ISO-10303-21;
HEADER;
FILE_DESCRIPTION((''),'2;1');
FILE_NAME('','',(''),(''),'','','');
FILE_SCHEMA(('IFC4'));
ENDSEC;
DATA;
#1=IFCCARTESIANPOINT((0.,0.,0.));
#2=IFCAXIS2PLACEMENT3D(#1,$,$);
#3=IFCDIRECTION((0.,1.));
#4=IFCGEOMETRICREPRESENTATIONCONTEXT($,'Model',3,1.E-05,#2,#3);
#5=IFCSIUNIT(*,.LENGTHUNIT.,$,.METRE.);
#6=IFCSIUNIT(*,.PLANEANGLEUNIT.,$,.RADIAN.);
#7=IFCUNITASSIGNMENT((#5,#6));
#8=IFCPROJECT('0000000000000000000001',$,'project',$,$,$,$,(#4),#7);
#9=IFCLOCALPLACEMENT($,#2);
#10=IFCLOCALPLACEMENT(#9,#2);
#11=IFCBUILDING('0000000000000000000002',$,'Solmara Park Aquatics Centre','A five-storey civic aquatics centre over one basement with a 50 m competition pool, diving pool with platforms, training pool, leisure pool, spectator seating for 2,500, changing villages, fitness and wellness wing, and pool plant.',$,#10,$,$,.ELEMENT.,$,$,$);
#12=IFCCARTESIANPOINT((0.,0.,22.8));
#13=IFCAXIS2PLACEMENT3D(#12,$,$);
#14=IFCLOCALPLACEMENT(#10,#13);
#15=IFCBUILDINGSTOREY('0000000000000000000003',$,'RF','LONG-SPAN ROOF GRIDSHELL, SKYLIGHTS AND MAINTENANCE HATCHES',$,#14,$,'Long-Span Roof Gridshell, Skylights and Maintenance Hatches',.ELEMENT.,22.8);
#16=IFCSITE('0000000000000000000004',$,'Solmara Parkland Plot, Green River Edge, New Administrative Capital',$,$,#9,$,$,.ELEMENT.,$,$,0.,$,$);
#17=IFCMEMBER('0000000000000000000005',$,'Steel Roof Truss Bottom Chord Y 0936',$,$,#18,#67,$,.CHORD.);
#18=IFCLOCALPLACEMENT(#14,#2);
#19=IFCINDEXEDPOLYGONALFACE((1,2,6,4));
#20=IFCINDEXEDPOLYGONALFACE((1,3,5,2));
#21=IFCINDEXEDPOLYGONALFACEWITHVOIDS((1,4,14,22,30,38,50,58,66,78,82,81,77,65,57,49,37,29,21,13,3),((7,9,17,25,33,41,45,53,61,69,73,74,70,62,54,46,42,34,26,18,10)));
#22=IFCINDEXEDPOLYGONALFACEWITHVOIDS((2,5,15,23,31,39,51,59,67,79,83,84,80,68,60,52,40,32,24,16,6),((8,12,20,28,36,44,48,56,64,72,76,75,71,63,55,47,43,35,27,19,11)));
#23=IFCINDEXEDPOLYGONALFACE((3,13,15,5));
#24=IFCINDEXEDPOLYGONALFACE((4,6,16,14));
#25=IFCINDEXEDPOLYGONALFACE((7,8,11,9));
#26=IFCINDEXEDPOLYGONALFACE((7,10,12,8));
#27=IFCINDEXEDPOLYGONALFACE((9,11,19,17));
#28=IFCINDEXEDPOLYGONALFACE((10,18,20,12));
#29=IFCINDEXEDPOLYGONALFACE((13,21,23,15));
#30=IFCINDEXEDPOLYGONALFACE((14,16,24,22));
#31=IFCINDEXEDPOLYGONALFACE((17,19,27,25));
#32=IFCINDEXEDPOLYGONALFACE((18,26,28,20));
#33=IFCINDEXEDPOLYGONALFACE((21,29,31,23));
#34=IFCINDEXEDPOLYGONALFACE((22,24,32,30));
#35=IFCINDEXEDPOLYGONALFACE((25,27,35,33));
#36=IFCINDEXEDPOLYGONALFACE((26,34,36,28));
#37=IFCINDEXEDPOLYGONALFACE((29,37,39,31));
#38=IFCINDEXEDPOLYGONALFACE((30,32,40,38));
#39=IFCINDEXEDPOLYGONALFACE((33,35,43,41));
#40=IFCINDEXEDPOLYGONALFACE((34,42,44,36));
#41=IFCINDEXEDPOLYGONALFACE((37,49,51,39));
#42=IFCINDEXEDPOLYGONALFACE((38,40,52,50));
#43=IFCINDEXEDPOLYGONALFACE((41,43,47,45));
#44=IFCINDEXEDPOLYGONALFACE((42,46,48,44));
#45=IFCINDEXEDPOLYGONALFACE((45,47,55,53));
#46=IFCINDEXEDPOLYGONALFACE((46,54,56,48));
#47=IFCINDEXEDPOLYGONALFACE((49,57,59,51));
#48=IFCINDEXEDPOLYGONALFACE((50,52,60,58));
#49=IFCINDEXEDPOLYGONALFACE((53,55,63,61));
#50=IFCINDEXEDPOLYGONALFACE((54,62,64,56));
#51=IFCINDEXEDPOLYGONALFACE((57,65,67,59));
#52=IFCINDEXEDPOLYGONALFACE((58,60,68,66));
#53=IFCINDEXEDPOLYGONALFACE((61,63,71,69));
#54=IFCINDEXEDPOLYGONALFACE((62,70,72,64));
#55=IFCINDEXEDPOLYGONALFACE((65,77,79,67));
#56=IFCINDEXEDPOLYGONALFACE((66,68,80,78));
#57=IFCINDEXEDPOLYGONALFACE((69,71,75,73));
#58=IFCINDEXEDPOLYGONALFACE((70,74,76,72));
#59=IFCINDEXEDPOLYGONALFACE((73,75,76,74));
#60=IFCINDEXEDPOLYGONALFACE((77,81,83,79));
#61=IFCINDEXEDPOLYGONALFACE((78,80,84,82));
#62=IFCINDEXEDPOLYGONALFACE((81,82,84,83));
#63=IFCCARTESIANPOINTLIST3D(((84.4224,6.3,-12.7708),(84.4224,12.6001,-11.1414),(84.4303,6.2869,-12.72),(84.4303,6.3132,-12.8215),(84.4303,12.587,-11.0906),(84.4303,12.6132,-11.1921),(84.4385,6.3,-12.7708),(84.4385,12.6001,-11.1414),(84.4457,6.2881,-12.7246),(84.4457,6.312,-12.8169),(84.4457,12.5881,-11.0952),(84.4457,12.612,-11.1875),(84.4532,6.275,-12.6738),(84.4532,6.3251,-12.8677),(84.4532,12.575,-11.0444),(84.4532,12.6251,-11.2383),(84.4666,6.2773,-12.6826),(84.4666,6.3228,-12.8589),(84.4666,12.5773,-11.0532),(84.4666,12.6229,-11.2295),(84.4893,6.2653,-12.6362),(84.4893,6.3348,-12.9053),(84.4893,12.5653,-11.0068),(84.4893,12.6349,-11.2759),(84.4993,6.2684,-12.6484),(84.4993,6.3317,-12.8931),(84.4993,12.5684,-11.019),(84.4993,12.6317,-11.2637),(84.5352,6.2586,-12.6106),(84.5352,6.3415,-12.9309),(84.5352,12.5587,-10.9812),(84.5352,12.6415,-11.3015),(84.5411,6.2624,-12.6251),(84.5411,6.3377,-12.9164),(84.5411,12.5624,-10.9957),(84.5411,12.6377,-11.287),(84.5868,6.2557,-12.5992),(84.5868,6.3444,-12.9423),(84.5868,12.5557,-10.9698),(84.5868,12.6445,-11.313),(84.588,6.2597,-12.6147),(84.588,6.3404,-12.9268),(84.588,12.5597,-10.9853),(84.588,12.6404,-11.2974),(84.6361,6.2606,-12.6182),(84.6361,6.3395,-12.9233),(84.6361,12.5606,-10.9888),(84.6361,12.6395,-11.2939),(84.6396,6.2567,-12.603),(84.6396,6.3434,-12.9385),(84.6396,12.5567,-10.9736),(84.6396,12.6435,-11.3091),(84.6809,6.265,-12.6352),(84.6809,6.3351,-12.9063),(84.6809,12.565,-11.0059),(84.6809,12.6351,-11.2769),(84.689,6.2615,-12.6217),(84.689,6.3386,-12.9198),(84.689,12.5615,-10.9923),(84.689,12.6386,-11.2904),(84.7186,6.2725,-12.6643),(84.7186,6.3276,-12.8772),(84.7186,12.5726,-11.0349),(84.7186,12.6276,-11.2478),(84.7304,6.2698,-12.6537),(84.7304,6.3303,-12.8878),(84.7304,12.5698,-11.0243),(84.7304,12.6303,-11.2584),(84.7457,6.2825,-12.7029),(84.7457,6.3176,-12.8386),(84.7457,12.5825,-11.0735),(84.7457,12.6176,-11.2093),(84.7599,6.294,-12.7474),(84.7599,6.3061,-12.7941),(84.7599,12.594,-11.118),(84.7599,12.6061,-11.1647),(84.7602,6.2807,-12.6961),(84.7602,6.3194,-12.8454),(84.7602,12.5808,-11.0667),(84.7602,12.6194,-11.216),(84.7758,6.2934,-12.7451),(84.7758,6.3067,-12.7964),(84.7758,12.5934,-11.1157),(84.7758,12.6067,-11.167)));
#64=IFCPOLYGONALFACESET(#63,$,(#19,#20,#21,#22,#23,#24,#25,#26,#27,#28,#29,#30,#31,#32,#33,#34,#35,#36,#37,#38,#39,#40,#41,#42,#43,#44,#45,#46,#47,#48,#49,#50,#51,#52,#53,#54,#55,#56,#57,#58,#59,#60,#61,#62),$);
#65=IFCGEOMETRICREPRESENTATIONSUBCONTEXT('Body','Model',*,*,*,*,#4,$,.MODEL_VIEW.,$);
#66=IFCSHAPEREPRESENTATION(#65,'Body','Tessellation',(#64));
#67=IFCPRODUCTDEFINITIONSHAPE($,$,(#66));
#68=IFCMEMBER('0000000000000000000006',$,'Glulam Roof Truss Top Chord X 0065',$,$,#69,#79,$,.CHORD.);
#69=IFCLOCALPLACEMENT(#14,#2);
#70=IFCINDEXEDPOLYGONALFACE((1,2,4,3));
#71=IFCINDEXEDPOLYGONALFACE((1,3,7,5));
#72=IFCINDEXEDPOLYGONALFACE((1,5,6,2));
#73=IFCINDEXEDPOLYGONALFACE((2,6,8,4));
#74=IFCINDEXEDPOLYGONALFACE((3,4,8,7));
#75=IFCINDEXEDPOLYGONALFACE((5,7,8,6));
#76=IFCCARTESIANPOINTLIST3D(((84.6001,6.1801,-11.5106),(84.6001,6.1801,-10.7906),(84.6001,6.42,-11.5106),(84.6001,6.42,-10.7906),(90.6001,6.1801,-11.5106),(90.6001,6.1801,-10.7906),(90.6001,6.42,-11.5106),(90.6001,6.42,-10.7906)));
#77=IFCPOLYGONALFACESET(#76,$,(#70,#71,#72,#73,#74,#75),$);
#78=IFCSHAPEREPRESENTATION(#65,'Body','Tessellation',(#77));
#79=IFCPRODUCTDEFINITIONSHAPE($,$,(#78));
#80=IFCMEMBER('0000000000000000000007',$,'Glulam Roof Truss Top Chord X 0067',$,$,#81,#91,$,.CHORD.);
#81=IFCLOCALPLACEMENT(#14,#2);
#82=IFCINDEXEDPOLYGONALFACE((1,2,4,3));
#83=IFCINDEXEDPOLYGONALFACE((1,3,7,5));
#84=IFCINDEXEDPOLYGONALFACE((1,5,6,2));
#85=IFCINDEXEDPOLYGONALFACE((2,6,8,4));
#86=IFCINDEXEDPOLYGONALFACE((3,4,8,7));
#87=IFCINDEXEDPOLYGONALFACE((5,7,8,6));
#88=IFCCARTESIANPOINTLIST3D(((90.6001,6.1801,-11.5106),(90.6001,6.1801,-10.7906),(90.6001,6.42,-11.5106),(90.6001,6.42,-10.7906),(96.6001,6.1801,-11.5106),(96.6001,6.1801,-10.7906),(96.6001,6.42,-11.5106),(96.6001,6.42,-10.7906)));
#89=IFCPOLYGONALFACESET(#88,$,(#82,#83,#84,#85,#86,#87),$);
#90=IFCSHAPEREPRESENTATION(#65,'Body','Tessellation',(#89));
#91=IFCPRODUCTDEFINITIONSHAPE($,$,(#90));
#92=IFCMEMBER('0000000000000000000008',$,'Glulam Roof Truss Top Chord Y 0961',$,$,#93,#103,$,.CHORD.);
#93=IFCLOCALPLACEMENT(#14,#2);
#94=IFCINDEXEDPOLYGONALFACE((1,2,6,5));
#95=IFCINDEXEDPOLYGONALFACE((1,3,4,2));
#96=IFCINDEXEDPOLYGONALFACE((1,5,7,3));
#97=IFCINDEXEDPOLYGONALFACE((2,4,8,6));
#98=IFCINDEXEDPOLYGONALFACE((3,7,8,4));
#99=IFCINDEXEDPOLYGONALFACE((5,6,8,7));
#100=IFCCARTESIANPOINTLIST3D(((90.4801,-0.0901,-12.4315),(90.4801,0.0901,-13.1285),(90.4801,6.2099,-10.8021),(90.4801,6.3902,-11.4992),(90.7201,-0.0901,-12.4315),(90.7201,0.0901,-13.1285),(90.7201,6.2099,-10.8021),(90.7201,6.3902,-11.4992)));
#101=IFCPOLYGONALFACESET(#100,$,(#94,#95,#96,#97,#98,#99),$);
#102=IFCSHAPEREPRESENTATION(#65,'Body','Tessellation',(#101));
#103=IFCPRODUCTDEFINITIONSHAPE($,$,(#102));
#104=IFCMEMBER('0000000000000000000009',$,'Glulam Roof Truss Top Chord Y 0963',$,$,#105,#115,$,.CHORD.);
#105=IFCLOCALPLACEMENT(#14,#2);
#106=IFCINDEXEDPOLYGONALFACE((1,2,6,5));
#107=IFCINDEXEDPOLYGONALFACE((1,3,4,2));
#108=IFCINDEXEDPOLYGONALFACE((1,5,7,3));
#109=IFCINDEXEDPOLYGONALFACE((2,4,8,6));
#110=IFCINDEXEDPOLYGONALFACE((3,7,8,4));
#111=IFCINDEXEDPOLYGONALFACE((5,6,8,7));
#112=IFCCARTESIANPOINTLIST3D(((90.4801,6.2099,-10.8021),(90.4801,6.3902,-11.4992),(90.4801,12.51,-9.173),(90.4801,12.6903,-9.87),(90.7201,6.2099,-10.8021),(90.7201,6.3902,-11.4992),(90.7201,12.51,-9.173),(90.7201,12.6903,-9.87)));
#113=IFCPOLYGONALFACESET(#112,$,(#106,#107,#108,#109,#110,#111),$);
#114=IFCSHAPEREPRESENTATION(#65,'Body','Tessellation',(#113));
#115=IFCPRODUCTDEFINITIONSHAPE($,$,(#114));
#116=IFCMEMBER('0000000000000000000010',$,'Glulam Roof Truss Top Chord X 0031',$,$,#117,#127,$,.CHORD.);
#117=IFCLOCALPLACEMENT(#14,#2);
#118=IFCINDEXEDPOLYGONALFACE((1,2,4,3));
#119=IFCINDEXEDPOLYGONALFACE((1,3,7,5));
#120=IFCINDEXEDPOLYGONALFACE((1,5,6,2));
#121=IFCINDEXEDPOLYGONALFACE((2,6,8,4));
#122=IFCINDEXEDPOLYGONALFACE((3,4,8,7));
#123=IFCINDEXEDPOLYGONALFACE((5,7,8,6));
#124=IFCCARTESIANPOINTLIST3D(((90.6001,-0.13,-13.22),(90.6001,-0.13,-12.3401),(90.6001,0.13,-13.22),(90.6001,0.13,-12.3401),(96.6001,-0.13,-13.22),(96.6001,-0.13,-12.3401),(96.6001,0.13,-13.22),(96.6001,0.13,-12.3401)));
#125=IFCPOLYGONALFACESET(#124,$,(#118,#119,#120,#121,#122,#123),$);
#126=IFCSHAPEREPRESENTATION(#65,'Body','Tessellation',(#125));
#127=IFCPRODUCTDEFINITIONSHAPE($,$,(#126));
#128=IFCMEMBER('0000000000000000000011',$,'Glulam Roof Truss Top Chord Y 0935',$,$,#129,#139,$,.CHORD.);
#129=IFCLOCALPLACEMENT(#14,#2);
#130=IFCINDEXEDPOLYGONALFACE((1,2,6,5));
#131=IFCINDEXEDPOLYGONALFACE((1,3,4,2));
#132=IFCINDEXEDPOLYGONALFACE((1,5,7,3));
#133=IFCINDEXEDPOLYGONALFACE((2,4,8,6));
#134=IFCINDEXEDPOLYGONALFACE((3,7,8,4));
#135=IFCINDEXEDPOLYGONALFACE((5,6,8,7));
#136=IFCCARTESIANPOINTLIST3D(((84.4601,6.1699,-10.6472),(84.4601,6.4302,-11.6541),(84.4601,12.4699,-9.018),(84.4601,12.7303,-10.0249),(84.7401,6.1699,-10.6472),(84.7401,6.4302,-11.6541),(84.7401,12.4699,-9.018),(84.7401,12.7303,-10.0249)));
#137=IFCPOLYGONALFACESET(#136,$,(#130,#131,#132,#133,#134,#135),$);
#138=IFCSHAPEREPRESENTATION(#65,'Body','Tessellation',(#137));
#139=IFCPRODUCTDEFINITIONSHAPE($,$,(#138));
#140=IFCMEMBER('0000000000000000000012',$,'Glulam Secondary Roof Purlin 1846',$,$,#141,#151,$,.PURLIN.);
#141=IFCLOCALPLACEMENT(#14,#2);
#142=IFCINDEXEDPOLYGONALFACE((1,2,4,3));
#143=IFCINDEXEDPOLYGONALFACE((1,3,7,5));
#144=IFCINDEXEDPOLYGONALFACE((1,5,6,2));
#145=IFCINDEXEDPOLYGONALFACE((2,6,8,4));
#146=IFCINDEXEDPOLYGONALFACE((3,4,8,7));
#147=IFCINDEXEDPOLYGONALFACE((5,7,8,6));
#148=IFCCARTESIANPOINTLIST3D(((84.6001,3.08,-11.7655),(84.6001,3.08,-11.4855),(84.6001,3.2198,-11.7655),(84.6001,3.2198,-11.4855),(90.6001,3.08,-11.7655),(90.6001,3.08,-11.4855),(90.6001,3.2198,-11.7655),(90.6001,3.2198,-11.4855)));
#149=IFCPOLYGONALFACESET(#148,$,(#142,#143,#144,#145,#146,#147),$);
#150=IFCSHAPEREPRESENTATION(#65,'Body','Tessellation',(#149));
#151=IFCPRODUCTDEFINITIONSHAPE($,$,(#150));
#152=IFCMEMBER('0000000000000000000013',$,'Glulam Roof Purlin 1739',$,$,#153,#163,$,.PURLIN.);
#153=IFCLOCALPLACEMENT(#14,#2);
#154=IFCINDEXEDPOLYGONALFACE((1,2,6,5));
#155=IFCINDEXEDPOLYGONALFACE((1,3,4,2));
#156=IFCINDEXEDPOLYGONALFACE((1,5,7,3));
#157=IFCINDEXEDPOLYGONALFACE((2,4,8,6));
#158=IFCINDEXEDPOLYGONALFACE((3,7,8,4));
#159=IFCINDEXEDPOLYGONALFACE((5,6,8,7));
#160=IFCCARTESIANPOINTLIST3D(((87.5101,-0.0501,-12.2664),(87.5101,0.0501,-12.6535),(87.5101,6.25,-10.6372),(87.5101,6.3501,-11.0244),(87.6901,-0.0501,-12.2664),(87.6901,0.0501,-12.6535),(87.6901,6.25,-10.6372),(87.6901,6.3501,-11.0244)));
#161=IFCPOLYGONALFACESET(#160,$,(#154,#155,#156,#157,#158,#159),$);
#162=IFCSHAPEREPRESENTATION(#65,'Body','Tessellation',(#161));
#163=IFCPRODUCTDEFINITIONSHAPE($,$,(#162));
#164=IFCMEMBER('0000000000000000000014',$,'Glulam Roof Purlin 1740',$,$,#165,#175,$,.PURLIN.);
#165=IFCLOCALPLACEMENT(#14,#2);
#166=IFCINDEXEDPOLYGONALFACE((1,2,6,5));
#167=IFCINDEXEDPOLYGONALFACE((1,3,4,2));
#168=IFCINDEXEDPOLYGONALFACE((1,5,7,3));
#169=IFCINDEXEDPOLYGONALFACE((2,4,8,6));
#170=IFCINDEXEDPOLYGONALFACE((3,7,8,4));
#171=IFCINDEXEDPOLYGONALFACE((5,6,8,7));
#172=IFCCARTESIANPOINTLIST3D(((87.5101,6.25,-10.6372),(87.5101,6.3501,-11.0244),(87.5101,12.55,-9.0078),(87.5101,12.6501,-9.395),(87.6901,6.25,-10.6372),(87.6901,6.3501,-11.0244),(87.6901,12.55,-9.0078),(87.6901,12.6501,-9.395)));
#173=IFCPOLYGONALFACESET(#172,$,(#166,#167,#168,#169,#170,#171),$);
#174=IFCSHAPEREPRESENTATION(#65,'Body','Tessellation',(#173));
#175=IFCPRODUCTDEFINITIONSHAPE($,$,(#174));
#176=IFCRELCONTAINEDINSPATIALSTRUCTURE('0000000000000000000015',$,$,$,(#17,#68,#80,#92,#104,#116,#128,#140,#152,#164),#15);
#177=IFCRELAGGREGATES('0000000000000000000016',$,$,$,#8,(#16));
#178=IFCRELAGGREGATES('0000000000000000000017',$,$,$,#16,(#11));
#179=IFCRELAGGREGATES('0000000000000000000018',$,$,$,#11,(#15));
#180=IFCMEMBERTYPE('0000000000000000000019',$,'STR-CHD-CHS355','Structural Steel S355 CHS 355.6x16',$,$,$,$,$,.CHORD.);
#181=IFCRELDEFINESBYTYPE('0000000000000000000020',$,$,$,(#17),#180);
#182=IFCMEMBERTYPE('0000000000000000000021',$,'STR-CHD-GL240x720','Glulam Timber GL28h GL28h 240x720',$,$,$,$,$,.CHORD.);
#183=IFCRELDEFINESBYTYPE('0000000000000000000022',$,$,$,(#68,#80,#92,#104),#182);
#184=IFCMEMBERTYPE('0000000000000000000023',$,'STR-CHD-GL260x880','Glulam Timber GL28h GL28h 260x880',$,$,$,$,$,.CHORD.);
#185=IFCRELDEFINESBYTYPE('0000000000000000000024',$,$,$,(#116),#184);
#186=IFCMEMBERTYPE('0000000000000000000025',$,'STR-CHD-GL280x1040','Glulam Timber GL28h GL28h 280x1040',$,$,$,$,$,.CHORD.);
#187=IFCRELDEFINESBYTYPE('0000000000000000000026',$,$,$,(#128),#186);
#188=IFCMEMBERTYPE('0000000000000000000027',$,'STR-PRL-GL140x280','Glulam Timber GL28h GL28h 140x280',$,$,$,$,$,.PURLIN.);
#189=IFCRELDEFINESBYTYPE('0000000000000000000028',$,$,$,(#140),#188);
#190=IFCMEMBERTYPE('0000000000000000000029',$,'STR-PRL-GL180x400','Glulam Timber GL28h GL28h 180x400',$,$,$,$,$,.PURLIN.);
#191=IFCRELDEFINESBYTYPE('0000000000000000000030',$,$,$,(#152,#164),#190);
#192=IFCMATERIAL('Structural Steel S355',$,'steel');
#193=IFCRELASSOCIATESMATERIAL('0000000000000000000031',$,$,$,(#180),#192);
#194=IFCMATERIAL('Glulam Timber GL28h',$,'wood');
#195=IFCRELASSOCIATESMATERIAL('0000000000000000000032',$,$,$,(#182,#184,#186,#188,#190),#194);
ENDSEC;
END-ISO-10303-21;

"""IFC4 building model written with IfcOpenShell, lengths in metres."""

from ifc_helpers import new_model, si_unit, direction, frame, origin, origin_2d, place, context, subcontext, project, spatial, rectangle, hollow_circle, extrude, material, material_profile, profile_set, type_object, element, save


model = new_model("IFC4")

# Units and contexts
model_context = context("Model", 3, precision=1e-05, world=origin(), true_north=direction((0.0, 1.0)))
body_context = subcontext(model_context, "Body", "Model", "MODEL_VIEW")
ifc_project = project(units=[si_unit("LENGTHUNIT", "METRE"), si_unit("PLANEANGLEUNIT", "RADIAN")], contexts=[model_context])

# Site, building, storey
site_placement = place(None, origin())
site = spatial("IfcSite", under=ifc_project, at=site_placement, Name="Solmara Parkland Plot, Green River Edge, New Administrative Capital", CompositionType="ELEMENT", RefElevation=0.0)
building_placement = place(site_placement, origin())
building = spatial("IfcBuilding", under=site, at=building_placement, Name="Solmara Park Aquatics Centre", Description="A five-storey civic aquatics centre over one basement with a 50 m competition pool, diving pool with platforms, training pool, leisure pool, spectator seating for 2,500, changing villages, fitness and wellness wing, and pool plant.", CompositionType="ELEMENT")
storey_placement = place(building_placement, frame((0.0, 0.0, 22.8)))
storey = spatial("IfcBuildingStorey", under=building, at=storey_placement, Name="RF", Description="LONG-SPAN ROOF GRIDSHELL, SKYLIGHTS AND MAINTENANCE HATCHES", LongName="Long-Span Roof Gridshell, Skylights and Maintenance Hatches", CompositionType="ELEMENT", Elevation=22.8)

# Members
ifc_material_1 = material(Name="Structural Steel S355", Category="steel")
ifc_material_profile_1 = material_profile(ifc_material_1, hollow_circle(Radius=0.1777, WallThickness=0.0161, at=origin_2d()), Name="CHS 355.6x16")
ifc_profile_set_1 = profile_set([ifc_material_profile_1], Name="Structural Steel S355")
member_type_1 = type_object("IfcMemberType", Name="STR-CHD-CHS355", Description="Structural Steel S355 CHS 355.6x16", PredefinedType="CHORD", material=ifc_profile_set_1)
member_1_placement = place(storey_placement, frame((84.6001, 6.3, -12.7708), z_axis=(0.0, 0.968144, 0.250393), x_axis=(-1.0, 0.0, 0.0)))
element("IfcMember", 1, at=member_1_placement, inside=storey, type_object=member_type_1, Name="Steel Roof Truss Bottom Chord Y 0936", PredefinedType="CHORD", context=body_context, shape_type="SweptSolid", body=[
    extrude(hollow_circle(Radius=0.1777, WallThickness=0.0161, at=origin_2d()), origin(), (0.0, 0.0, 1.0), 6.5073),
])
ifc_material_2 = material(Name="Glulam Timber GL28h", Category="wood")
ifc_material_profile_2 = material_profile(ifc_material_2, rectangle(XDim=0.24, YDim=0.72, at=origin_2d()), Name="GL28h 240x720")
ifc_profile_set_2 = profile_set([ifc_material_profile_2], Name="Glulam Timber GL28h")
member_type_2 = type_object("IfcMemberType", Name="STR-CHD-GL240x720", Description="Glulam Timber GL28h GL28h 240x720", PredefinedType="CHORD", material=ifc_profile_set_2)
for number, where, z_axis, x_axis, name in (
    (2, (84.6001, 6.3, -11.1506), (1.0, 0.0, 0.0), (0.0, 1.0, 0.0), "Glulam Roof Truss Top Chord X 0065"),
    (3, (90.6001, 6.3, -11.1506), (1.0, 0.0, 0.0), (0.0, 1.0, 0.0), "Glulam Roof Truss Top Chord X 0067"),
):
    element("IfcMember", number, at=place(storey_placement, frame(where, z_axis=z_axis, x_axis=x_axis)), inside=storey, type_object=member_type_2, Name=name, PredefinedType="CHORD", context=body_context, shape_type="SweptSolid", body=[
        extrude(rectangle(XDim=0.24, YDim=0.72, at=origin_2d()), origin(), (0.0, 0.0, 1.0), 6.0),
    ])
for number, where, z_axis, x_axis, name in (
    (4, (90.6001, 0.0, -12.78), (0.0, 0.968144, 0.250393), (-1.0, 0.0, 0.0), "Glulam Roof Truss Top Chord Y 0961"),
    (5, (90.6001, 6.3, -11.1506), (0.0, 0.968153, 0.250358), (-1.0, 0.0, 0.0), "Glulam Roof Truss Top Chord Y 0963"),
):
    element("IfcMember", number, at=place(storey_placement, frame(where, z_axis=z_axis, x_axis=x_axis)), inside=storey, type_object=member_type_2, Name=name, PredefinedType="CHORD", context=body_context, shape_type="SweptSolid", body=[
        extrude(rectangle(XDim=0.24, YDim=0.72, at=origin_2d()), origin(), (0.0, 0.0, 1.0), 6.5073),
    ])
ifc_material_profile_3 = material_profile(ifc_material_2, rectangle(XDim=0.26, YDim=0.8799, at=origin_2d()), Name="GL28h 260x880")
ifc_profile_set_3 = profile_set([ifc_material_profile_3], Name="Glulam Timber GL28h")
member_type_3 = type_object("IfcMemberType", Name="STR-CHD-GL260x880", Description="Glulam Timber GL28h GL28h 260x880", PredefinedType="CHORD", material=ifc_profile_set_3)
member_2_placement = place(storey_placement, frame((90.6001, 0.0, -12.78), z_axis=(1.0, 0.0, 0.0), x_axis=(0.0, 1.0, 0.0)))
element("IfcMember", 6, at=member_2_placement, inside=storey, type_object=member_type_3, Name="Glulam Roof Truss Top Chord X 0031", PredefinedType="CHORD", context=body_context, shape_type="SweptSolid", body=[
    extrude(rectangle(XDim=0.26, YDim=0.8799, at=origin_2d()), origin(), (0.0, 0.0, 1.0), 6.0),
])
ifc_material_profile_4 = material_profile(ifc_material_2, rectangle(XDim=0.28, YDim=1.04, at=origin_2d()), Name="GL28h 280x1040")
ifc_profile_set_4 = profile_set([ifc_material_profile_4], Name="Glulam Timber GL28h")
member_type_4 = type_object("IfcMemberType", Name="STR-CHD-GL280x1040", Description="Glulam Timber GL28h GL28h 280x1040", PredefinedType="CHORD", material=ifc_profile_set_4)
member_3_placement = place(storey_placement, frame((84.6001, 6.3, -11.1506), z_axis=(0.0, 0.968153, 0.250358), x_axis=(-1.0, 0.0, 0.0)))
element("IfcMember", 7, at=member_3_placement, inside=storey, type_object=member_type_4, Name="Glulam Roof Truss Top Chord Y 0935", PredefinedType="CHORD", context=body_context, shape_type="SweptSolid", body=[
    extrude(rectangle(XDim=0.28, YDim=1.04, at=origin_2d()), origin(), (0.0, 0.0, 1.0), 6.5073),
])
ifc_material_profile_5 = material_profile(ifc_material_2, rectangle(XDim=0.1399, YDim=0.28, at=origin_2d()), Name="GL28h 140x280")
ifc_profile_set_5 = profile_set([ifc_material_profile_5], Name="Glulam Timber GL28h")
member_type_5 = type_object("IfcMemberType", Name="STR-PRL-GL140x280", Description="Glulam Timber GL28h GL28h 140x280", PredefinedType="PURLIN", material=ifc_profile_set_5)
member_4_placement = place(storey_placement, frame((84.6001, 3.1499, -11.6255), z_axis=(1.0, 0.0, 0.0), x_axis=(0.0, 1.0, 0.0)))
element("IfcMember", 8, at=member_4_placement, inside=storey, type_object=member_type_5, Name="Glulam Secondary Roof Purlin 1846", PredefinedType="PURLIN", context=body_context, shape_type="SweptSolid", body=[
    extrude(rectangle(XDim=0.1399, YDim=0.28, at=origin_2d()), origin(), (0.0, 0.0, 1.0), 6.0),
])
ifc_material_profile_6 = material_profile(ifc_material_2, rectangle(XDim=0.1799, YDim=0.3999, at=origin_2d()), Name="GL28h 180x400")
ifc_profile_set_6 = profile_set([ifc_material_profile_6], Name="Glulam Timber GL28h")
member_type_6 = type_object("IfcMemberType", Name="STR-PRL-GL180x400", Description="Glulam Timber GL28h GL28h 180x400", PredefinedType="PURLIN", material=ifc_profile_set_6)
for number, where, z_axis, x_axis, name in (
    (9, (87.6001, 0.0, -12.46), (0.0, 0.968153, 0.250358), (-1.0, 0.0, 0.0), "Glulam Roof Purlin 1739"),
    (10, (87.6001, 6.3, -10.8308), (0.0, 0.968144, 0.250393), (-1.0, 0.0, 0.0), "Glulam Roof Purlin 1740"),
):
    element("IfcMember", number, at=place(storey_placement, frame(where, z_axis=z_axis, x_axis=x_axis)), inside=storey, type_object=member_type_6, Name=name, PredefinedType="PURLIN", context=body_context, shape_type="SweptSolid", body=[
        extrude(rectangle(XDim=0.1799, YDim=0.3999, at=origin_2d()), origin(), (0.0, 0.0, 1.0), 6.5073),
    ])

save(model, "model.ifc")
